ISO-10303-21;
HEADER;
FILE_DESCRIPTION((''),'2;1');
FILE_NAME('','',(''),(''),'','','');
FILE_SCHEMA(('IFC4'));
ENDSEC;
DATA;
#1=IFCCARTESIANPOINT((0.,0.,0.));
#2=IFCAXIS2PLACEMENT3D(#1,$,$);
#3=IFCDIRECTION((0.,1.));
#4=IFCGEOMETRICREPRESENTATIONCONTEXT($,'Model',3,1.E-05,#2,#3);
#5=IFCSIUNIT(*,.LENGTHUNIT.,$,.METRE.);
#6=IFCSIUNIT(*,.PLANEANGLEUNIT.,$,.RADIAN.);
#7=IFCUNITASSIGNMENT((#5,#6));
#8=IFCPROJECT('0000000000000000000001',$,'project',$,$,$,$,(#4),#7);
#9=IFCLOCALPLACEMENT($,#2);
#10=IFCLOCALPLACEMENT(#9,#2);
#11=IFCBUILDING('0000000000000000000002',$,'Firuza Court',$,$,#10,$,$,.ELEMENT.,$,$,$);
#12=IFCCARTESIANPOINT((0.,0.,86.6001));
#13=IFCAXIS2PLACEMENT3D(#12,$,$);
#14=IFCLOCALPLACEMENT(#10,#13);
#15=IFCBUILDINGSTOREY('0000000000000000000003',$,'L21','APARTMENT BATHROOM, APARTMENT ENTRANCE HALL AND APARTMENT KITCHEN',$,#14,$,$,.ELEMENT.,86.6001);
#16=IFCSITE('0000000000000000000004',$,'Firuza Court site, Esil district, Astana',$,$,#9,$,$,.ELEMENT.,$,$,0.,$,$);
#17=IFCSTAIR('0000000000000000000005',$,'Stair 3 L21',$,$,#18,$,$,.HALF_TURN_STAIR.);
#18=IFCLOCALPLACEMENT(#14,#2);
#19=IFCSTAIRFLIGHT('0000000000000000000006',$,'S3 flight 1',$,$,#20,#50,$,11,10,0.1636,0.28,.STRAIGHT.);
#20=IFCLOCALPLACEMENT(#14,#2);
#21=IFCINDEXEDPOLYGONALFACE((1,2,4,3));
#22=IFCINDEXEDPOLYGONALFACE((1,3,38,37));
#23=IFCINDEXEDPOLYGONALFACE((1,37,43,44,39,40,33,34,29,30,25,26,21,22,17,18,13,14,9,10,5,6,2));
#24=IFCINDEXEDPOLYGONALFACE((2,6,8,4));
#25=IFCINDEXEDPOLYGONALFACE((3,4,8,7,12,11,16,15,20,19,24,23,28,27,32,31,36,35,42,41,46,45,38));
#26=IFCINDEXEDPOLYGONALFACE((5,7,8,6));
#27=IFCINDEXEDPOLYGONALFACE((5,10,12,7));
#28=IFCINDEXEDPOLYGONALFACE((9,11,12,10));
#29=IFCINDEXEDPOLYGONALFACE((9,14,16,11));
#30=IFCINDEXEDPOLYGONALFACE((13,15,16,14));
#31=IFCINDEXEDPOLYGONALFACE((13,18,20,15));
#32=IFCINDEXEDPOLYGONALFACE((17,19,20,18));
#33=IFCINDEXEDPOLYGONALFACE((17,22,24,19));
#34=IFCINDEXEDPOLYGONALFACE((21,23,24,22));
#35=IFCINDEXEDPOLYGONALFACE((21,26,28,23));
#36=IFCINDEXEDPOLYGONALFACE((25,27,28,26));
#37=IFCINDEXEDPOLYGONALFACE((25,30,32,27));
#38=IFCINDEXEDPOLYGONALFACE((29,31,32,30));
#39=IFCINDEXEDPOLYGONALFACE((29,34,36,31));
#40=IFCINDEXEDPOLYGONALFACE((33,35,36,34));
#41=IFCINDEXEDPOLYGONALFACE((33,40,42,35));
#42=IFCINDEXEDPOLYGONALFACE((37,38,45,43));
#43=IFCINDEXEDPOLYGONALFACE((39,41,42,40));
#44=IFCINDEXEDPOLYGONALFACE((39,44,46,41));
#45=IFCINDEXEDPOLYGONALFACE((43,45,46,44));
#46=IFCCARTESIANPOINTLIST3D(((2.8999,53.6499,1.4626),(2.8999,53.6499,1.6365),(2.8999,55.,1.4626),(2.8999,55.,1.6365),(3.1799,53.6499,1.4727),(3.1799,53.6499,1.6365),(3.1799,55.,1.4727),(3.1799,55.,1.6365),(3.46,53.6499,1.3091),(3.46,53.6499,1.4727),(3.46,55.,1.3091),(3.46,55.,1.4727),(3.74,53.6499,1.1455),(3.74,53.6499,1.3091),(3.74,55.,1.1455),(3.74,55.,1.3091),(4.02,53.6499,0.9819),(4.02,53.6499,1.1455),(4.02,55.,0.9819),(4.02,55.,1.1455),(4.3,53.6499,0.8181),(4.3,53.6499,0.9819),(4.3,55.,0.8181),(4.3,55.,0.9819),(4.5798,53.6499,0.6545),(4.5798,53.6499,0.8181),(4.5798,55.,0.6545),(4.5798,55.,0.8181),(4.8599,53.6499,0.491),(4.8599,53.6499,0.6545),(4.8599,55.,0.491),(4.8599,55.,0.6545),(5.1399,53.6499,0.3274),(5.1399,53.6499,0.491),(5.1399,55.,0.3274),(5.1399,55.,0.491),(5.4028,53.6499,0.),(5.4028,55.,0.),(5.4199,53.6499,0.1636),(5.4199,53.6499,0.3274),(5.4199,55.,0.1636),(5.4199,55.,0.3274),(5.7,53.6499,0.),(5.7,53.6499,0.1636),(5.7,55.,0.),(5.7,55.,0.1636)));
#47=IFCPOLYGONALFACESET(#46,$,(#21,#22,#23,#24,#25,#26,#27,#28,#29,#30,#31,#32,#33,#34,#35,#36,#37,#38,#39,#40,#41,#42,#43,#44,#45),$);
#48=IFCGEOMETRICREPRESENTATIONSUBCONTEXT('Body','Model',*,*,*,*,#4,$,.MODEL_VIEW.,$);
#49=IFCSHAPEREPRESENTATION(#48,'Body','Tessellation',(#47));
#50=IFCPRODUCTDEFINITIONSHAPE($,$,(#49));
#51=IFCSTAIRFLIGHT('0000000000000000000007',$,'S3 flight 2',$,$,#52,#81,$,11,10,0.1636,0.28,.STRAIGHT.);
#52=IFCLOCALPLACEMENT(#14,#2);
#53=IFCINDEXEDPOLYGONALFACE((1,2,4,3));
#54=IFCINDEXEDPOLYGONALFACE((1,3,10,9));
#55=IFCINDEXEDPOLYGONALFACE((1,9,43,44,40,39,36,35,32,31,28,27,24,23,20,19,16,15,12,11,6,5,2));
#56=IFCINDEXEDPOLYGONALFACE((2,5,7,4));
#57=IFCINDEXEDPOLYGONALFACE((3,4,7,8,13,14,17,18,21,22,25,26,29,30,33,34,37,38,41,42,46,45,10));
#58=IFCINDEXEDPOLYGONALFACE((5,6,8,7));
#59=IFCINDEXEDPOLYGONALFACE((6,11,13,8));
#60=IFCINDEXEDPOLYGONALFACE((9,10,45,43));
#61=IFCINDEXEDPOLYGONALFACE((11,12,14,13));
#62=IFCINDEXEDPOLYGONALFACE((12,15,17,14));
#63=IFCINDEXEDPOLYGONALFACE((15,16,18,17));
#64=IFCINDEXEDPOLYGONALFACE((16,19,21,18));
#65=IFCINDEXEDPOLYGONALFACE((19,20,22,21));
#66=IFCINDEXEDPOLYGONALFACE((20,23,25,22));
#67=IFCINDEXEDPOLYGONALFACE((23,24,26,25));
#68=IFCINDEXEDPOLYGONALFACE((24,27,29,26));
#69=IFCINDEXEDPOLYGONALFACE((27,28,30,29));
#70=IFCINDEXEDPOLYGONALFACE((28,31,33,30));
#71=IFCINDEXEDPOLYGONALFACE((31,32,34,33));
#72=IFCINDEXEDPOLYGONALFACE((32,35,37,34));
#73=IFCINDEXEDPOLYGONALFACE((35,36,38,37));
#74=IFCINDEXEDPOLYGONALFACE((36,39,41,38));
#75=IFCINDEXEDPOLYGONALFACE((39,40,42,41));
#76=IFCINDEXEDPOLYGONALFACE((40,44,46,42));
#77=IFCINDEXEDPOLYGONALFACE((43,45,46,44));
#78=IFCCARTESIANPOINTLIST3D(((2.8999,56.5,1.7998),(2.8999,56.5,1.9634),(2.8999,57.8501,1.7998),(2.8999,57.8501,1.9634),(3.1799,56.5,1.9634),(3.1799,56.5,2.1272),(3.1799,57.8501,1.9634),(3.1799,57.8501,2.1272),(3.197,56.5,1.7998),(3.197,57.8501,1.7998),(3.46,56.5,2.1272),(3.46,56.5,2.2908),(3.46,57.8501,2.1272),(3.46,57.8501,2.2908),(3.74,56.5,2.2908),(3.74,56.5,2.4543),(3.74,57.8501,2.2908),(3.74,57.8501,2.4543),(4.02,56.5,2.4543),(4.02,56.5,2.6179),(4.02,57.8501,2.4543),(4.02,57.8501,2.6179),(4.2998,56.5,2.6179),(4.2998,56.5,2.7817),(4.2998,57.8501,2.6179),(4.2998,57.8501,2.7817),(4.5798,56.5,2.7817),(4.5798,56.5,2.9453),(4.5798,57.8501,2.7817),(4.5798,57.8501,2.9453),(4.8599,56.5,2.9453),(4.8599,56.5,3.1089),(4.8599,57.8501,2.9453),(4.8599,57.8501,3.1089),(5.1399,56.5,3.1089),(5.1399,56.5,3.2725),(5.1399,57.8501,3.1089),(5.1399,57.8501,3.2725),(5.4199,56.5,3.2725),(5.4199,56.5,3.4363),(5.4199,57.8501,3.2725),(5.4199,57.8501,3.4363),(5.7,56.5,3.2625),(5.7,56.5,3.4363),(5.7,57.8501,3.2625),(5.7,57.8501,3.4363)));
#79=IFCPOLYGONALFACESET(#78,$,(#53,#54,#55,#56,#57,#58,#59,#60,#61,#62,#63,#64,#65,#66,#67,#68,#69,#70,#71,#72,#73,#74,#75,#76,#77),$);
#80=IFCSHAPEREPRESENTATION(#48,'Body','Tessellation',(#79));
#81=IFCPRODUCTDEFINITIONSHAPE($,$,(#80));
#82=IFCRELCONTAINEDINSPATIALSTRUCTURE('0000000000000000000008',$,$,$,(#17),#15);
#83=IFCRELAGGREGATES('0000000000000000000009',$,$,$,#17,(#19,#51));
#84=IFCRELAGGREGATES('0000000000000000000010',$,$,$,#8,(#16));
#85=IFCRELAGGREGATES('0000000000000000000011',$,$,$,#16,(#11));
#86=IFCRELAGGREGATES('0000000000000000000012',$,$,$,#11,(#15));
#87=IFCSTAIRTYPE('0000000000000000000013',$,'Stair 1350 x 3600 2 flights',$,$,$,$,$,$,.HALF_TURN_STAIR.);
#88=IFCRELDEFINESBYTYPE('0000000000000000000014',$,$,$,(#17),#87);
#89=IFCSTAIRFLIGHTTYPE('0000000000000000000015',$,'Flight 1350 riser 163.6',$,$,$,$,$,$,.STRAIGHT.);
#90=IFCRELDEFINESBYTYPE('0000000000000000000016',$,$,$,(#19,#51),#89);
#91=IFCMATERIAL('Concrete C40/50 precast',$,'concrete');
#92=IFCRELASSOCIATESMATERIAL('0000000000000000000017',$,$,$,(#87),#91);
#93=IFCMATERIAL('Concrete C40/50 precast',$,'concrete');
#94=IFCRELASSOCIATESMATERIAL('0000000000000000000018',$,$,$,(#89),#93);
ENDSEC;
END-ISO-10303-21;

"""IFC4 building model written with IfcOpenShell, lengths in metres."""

from ifc_helpers import new_model, si_unit, direction, frame, origin, place, context, subcontext, project, spatial, polyline, outline, extrude, material, type_object, element, aggregate, save


model = new_model("IFC4")

# Units and contexts
model_context = context("Model", 3, precision=1e-05, world=origin(), true_north=direction((0.0, 1.0)))
body_context = subcontext(model_context, "Body", "Model", "MODEL_VIEW")
ifc_project = project(units=[si_unit("LENGTHUNIT", "METRE"), si_unit("PLANEANGLEUNIT", "RADIAN")], contexts=[model_context])

# Site, building, storey
site_placement = place(None, origin())
site = spatial("IfcSite", under=ifc_project, at=site_placement, Name="Firuza Court site, Esil district, Astana", CompositionType="ELEMENT", RefElevation=0.0)
building_placement = place(site_placement, origin())
building = spatial("IfcBuilding", under=site, at=building_placement, Name="Firuza Court", CompositionType="ELEMENT")
storey_placement = place(building_placement, frame((0.0, 0.0, 86.6001)))
storey = spatial("IfcBuildingStorey", under=building, at=storey_placement, Name="L21", Description="APARTMENT BATHROOM, APARTMENT ENTRANCE HALL AND APARTMENT KITCHEN", CompositionType="ELEMENT", Elevation=86.6001)

# Stair, stair flights
ifc_material_1 = material(Name="Concrete C40/50 precast", Category="concrete")
stair_type = type_object("IfcStairType", Name="Stair 1350 x 3600 2 flights", PredefinedType="HALF_TURN_STAIR", material=ifc_material_1)
stair_placement = place(storey_placement, origin())
stair = element("IfcStair", 1, at=stair_placement, inside=storey, type_object=stair_type, Name="Stair 3 L21", PredefinedType="HALF_TURN_STAIR")
ifc_material_2 = material(Name="Concrete C40/50 precast", Category="concrete")
stair_flight_type = type_object("IfcStairFlightType", Name="Flight 1350 riser 163.6", PredefinedType="STRAIGHT", material=ifc_material_2)
stair_flight_1_placement = place(storey_placement, frame((5.7, 54.325, 0.0), z_axis=(0.0, 0.0, 1.0), x_axis=(-1.0, 0.0, 0.0)))
stair_flight_1 = element("IfcStairFlight", 2, at=stair_flight_1_placement, type_object=stair_flight_type, Name="S3 flight 1", NumberOfRisers=11, NumberOfTreads=10, PredefinedType="STRAIGHT", RiserHeight=0.1636, TreadLength=0.28, context=body_context, shape_type="SweptSolid", body=[
    extrude(outline(polyline([(0.0, 0.0), (0.0, 0.1636), (0.28, 0.1636), (0.28, 0.3274), (0.5601, 0.3274), (0.5601, 0.491), (0.8401, 0.491), (0.8401, 0.6545), (1.1201, 0.6545), (1.1201, 0.8181), (1.3999, 0.8181), (1.3999, 0.9819), (1.6799, 0.9819), (1.6799, 1.1455), (1.96, 1.1455), (1.96, 1.3091), (2.24, 1.3091), (2.24, 1.4727), (2.52, 1.4727), (2.52, 1.6365), (2.8, 1.6365), (2.8, 1.8), (2.8, 1.4626), (0.2971, 0.0), (0.0, 0.0)])), frame((0.0, 0.675, 0.0), z_axis=(0.0, -1.0, 0.0), x_axis=(1.0, 0.0, 0.0)), (0.0, 0.0, 1.0), 1.3501),
])
stair_flight_2_placement = place(storey_placement, frame((2.8999, 57.175, 1.7998), z_axis=(0.0, 0.0, 1.0), x_axis=(1.0, 0.0, 0.0)))
stair_flight_2 = element("IfcStairFlight", 3, at=stair_flight_2_placement, type_object=stair_flight_type, Name="S3 flight 2", NumberOfRisers=11, NumberOfTreads=10, PredefinedType="STRAIGHT", RiserHeight=0.1636, TreadLength=0.28, context=body_context, shape_type="SweptSolid", body=[
    extrude(outline(polyline([(0.0, 0.0), (0.0, 0.1636), (0.28, 0.1636), (0.28, 0.3274), (0.5601, 0.3274), (0.5601, 0.491), (0.8401, 0.491), (0.8401, 0.6545), (1.1201, 0.6545), (1.1201, 0.8181), (1.3999, 0.8181), (1.3999, 0.9819), (1.6799, 0.9819), (1.6799, 1.1455), (1.96, 1.1455), (1.96, 1.3091), (2.24, 1.3091), (2.24, 1.4727), (2.52, 1.4727), (2.52, 1.6365), (2.8, 1.6365), (2.8, 1.8), (2.8, 1.4626), (0.2971, 0.0), (0.0, 0.0)])), frame((0.0, 0.675, 0.0), z_axis=(0.0, -1.0, 0.0), x_axis=(1.0, 0.0, 0.0)), (0.0, 0.0, 1.0), 1.3501),
])
aggregate(stair, [stair_flight_1, stair_flight_2])

save(model, "model.ifc")
